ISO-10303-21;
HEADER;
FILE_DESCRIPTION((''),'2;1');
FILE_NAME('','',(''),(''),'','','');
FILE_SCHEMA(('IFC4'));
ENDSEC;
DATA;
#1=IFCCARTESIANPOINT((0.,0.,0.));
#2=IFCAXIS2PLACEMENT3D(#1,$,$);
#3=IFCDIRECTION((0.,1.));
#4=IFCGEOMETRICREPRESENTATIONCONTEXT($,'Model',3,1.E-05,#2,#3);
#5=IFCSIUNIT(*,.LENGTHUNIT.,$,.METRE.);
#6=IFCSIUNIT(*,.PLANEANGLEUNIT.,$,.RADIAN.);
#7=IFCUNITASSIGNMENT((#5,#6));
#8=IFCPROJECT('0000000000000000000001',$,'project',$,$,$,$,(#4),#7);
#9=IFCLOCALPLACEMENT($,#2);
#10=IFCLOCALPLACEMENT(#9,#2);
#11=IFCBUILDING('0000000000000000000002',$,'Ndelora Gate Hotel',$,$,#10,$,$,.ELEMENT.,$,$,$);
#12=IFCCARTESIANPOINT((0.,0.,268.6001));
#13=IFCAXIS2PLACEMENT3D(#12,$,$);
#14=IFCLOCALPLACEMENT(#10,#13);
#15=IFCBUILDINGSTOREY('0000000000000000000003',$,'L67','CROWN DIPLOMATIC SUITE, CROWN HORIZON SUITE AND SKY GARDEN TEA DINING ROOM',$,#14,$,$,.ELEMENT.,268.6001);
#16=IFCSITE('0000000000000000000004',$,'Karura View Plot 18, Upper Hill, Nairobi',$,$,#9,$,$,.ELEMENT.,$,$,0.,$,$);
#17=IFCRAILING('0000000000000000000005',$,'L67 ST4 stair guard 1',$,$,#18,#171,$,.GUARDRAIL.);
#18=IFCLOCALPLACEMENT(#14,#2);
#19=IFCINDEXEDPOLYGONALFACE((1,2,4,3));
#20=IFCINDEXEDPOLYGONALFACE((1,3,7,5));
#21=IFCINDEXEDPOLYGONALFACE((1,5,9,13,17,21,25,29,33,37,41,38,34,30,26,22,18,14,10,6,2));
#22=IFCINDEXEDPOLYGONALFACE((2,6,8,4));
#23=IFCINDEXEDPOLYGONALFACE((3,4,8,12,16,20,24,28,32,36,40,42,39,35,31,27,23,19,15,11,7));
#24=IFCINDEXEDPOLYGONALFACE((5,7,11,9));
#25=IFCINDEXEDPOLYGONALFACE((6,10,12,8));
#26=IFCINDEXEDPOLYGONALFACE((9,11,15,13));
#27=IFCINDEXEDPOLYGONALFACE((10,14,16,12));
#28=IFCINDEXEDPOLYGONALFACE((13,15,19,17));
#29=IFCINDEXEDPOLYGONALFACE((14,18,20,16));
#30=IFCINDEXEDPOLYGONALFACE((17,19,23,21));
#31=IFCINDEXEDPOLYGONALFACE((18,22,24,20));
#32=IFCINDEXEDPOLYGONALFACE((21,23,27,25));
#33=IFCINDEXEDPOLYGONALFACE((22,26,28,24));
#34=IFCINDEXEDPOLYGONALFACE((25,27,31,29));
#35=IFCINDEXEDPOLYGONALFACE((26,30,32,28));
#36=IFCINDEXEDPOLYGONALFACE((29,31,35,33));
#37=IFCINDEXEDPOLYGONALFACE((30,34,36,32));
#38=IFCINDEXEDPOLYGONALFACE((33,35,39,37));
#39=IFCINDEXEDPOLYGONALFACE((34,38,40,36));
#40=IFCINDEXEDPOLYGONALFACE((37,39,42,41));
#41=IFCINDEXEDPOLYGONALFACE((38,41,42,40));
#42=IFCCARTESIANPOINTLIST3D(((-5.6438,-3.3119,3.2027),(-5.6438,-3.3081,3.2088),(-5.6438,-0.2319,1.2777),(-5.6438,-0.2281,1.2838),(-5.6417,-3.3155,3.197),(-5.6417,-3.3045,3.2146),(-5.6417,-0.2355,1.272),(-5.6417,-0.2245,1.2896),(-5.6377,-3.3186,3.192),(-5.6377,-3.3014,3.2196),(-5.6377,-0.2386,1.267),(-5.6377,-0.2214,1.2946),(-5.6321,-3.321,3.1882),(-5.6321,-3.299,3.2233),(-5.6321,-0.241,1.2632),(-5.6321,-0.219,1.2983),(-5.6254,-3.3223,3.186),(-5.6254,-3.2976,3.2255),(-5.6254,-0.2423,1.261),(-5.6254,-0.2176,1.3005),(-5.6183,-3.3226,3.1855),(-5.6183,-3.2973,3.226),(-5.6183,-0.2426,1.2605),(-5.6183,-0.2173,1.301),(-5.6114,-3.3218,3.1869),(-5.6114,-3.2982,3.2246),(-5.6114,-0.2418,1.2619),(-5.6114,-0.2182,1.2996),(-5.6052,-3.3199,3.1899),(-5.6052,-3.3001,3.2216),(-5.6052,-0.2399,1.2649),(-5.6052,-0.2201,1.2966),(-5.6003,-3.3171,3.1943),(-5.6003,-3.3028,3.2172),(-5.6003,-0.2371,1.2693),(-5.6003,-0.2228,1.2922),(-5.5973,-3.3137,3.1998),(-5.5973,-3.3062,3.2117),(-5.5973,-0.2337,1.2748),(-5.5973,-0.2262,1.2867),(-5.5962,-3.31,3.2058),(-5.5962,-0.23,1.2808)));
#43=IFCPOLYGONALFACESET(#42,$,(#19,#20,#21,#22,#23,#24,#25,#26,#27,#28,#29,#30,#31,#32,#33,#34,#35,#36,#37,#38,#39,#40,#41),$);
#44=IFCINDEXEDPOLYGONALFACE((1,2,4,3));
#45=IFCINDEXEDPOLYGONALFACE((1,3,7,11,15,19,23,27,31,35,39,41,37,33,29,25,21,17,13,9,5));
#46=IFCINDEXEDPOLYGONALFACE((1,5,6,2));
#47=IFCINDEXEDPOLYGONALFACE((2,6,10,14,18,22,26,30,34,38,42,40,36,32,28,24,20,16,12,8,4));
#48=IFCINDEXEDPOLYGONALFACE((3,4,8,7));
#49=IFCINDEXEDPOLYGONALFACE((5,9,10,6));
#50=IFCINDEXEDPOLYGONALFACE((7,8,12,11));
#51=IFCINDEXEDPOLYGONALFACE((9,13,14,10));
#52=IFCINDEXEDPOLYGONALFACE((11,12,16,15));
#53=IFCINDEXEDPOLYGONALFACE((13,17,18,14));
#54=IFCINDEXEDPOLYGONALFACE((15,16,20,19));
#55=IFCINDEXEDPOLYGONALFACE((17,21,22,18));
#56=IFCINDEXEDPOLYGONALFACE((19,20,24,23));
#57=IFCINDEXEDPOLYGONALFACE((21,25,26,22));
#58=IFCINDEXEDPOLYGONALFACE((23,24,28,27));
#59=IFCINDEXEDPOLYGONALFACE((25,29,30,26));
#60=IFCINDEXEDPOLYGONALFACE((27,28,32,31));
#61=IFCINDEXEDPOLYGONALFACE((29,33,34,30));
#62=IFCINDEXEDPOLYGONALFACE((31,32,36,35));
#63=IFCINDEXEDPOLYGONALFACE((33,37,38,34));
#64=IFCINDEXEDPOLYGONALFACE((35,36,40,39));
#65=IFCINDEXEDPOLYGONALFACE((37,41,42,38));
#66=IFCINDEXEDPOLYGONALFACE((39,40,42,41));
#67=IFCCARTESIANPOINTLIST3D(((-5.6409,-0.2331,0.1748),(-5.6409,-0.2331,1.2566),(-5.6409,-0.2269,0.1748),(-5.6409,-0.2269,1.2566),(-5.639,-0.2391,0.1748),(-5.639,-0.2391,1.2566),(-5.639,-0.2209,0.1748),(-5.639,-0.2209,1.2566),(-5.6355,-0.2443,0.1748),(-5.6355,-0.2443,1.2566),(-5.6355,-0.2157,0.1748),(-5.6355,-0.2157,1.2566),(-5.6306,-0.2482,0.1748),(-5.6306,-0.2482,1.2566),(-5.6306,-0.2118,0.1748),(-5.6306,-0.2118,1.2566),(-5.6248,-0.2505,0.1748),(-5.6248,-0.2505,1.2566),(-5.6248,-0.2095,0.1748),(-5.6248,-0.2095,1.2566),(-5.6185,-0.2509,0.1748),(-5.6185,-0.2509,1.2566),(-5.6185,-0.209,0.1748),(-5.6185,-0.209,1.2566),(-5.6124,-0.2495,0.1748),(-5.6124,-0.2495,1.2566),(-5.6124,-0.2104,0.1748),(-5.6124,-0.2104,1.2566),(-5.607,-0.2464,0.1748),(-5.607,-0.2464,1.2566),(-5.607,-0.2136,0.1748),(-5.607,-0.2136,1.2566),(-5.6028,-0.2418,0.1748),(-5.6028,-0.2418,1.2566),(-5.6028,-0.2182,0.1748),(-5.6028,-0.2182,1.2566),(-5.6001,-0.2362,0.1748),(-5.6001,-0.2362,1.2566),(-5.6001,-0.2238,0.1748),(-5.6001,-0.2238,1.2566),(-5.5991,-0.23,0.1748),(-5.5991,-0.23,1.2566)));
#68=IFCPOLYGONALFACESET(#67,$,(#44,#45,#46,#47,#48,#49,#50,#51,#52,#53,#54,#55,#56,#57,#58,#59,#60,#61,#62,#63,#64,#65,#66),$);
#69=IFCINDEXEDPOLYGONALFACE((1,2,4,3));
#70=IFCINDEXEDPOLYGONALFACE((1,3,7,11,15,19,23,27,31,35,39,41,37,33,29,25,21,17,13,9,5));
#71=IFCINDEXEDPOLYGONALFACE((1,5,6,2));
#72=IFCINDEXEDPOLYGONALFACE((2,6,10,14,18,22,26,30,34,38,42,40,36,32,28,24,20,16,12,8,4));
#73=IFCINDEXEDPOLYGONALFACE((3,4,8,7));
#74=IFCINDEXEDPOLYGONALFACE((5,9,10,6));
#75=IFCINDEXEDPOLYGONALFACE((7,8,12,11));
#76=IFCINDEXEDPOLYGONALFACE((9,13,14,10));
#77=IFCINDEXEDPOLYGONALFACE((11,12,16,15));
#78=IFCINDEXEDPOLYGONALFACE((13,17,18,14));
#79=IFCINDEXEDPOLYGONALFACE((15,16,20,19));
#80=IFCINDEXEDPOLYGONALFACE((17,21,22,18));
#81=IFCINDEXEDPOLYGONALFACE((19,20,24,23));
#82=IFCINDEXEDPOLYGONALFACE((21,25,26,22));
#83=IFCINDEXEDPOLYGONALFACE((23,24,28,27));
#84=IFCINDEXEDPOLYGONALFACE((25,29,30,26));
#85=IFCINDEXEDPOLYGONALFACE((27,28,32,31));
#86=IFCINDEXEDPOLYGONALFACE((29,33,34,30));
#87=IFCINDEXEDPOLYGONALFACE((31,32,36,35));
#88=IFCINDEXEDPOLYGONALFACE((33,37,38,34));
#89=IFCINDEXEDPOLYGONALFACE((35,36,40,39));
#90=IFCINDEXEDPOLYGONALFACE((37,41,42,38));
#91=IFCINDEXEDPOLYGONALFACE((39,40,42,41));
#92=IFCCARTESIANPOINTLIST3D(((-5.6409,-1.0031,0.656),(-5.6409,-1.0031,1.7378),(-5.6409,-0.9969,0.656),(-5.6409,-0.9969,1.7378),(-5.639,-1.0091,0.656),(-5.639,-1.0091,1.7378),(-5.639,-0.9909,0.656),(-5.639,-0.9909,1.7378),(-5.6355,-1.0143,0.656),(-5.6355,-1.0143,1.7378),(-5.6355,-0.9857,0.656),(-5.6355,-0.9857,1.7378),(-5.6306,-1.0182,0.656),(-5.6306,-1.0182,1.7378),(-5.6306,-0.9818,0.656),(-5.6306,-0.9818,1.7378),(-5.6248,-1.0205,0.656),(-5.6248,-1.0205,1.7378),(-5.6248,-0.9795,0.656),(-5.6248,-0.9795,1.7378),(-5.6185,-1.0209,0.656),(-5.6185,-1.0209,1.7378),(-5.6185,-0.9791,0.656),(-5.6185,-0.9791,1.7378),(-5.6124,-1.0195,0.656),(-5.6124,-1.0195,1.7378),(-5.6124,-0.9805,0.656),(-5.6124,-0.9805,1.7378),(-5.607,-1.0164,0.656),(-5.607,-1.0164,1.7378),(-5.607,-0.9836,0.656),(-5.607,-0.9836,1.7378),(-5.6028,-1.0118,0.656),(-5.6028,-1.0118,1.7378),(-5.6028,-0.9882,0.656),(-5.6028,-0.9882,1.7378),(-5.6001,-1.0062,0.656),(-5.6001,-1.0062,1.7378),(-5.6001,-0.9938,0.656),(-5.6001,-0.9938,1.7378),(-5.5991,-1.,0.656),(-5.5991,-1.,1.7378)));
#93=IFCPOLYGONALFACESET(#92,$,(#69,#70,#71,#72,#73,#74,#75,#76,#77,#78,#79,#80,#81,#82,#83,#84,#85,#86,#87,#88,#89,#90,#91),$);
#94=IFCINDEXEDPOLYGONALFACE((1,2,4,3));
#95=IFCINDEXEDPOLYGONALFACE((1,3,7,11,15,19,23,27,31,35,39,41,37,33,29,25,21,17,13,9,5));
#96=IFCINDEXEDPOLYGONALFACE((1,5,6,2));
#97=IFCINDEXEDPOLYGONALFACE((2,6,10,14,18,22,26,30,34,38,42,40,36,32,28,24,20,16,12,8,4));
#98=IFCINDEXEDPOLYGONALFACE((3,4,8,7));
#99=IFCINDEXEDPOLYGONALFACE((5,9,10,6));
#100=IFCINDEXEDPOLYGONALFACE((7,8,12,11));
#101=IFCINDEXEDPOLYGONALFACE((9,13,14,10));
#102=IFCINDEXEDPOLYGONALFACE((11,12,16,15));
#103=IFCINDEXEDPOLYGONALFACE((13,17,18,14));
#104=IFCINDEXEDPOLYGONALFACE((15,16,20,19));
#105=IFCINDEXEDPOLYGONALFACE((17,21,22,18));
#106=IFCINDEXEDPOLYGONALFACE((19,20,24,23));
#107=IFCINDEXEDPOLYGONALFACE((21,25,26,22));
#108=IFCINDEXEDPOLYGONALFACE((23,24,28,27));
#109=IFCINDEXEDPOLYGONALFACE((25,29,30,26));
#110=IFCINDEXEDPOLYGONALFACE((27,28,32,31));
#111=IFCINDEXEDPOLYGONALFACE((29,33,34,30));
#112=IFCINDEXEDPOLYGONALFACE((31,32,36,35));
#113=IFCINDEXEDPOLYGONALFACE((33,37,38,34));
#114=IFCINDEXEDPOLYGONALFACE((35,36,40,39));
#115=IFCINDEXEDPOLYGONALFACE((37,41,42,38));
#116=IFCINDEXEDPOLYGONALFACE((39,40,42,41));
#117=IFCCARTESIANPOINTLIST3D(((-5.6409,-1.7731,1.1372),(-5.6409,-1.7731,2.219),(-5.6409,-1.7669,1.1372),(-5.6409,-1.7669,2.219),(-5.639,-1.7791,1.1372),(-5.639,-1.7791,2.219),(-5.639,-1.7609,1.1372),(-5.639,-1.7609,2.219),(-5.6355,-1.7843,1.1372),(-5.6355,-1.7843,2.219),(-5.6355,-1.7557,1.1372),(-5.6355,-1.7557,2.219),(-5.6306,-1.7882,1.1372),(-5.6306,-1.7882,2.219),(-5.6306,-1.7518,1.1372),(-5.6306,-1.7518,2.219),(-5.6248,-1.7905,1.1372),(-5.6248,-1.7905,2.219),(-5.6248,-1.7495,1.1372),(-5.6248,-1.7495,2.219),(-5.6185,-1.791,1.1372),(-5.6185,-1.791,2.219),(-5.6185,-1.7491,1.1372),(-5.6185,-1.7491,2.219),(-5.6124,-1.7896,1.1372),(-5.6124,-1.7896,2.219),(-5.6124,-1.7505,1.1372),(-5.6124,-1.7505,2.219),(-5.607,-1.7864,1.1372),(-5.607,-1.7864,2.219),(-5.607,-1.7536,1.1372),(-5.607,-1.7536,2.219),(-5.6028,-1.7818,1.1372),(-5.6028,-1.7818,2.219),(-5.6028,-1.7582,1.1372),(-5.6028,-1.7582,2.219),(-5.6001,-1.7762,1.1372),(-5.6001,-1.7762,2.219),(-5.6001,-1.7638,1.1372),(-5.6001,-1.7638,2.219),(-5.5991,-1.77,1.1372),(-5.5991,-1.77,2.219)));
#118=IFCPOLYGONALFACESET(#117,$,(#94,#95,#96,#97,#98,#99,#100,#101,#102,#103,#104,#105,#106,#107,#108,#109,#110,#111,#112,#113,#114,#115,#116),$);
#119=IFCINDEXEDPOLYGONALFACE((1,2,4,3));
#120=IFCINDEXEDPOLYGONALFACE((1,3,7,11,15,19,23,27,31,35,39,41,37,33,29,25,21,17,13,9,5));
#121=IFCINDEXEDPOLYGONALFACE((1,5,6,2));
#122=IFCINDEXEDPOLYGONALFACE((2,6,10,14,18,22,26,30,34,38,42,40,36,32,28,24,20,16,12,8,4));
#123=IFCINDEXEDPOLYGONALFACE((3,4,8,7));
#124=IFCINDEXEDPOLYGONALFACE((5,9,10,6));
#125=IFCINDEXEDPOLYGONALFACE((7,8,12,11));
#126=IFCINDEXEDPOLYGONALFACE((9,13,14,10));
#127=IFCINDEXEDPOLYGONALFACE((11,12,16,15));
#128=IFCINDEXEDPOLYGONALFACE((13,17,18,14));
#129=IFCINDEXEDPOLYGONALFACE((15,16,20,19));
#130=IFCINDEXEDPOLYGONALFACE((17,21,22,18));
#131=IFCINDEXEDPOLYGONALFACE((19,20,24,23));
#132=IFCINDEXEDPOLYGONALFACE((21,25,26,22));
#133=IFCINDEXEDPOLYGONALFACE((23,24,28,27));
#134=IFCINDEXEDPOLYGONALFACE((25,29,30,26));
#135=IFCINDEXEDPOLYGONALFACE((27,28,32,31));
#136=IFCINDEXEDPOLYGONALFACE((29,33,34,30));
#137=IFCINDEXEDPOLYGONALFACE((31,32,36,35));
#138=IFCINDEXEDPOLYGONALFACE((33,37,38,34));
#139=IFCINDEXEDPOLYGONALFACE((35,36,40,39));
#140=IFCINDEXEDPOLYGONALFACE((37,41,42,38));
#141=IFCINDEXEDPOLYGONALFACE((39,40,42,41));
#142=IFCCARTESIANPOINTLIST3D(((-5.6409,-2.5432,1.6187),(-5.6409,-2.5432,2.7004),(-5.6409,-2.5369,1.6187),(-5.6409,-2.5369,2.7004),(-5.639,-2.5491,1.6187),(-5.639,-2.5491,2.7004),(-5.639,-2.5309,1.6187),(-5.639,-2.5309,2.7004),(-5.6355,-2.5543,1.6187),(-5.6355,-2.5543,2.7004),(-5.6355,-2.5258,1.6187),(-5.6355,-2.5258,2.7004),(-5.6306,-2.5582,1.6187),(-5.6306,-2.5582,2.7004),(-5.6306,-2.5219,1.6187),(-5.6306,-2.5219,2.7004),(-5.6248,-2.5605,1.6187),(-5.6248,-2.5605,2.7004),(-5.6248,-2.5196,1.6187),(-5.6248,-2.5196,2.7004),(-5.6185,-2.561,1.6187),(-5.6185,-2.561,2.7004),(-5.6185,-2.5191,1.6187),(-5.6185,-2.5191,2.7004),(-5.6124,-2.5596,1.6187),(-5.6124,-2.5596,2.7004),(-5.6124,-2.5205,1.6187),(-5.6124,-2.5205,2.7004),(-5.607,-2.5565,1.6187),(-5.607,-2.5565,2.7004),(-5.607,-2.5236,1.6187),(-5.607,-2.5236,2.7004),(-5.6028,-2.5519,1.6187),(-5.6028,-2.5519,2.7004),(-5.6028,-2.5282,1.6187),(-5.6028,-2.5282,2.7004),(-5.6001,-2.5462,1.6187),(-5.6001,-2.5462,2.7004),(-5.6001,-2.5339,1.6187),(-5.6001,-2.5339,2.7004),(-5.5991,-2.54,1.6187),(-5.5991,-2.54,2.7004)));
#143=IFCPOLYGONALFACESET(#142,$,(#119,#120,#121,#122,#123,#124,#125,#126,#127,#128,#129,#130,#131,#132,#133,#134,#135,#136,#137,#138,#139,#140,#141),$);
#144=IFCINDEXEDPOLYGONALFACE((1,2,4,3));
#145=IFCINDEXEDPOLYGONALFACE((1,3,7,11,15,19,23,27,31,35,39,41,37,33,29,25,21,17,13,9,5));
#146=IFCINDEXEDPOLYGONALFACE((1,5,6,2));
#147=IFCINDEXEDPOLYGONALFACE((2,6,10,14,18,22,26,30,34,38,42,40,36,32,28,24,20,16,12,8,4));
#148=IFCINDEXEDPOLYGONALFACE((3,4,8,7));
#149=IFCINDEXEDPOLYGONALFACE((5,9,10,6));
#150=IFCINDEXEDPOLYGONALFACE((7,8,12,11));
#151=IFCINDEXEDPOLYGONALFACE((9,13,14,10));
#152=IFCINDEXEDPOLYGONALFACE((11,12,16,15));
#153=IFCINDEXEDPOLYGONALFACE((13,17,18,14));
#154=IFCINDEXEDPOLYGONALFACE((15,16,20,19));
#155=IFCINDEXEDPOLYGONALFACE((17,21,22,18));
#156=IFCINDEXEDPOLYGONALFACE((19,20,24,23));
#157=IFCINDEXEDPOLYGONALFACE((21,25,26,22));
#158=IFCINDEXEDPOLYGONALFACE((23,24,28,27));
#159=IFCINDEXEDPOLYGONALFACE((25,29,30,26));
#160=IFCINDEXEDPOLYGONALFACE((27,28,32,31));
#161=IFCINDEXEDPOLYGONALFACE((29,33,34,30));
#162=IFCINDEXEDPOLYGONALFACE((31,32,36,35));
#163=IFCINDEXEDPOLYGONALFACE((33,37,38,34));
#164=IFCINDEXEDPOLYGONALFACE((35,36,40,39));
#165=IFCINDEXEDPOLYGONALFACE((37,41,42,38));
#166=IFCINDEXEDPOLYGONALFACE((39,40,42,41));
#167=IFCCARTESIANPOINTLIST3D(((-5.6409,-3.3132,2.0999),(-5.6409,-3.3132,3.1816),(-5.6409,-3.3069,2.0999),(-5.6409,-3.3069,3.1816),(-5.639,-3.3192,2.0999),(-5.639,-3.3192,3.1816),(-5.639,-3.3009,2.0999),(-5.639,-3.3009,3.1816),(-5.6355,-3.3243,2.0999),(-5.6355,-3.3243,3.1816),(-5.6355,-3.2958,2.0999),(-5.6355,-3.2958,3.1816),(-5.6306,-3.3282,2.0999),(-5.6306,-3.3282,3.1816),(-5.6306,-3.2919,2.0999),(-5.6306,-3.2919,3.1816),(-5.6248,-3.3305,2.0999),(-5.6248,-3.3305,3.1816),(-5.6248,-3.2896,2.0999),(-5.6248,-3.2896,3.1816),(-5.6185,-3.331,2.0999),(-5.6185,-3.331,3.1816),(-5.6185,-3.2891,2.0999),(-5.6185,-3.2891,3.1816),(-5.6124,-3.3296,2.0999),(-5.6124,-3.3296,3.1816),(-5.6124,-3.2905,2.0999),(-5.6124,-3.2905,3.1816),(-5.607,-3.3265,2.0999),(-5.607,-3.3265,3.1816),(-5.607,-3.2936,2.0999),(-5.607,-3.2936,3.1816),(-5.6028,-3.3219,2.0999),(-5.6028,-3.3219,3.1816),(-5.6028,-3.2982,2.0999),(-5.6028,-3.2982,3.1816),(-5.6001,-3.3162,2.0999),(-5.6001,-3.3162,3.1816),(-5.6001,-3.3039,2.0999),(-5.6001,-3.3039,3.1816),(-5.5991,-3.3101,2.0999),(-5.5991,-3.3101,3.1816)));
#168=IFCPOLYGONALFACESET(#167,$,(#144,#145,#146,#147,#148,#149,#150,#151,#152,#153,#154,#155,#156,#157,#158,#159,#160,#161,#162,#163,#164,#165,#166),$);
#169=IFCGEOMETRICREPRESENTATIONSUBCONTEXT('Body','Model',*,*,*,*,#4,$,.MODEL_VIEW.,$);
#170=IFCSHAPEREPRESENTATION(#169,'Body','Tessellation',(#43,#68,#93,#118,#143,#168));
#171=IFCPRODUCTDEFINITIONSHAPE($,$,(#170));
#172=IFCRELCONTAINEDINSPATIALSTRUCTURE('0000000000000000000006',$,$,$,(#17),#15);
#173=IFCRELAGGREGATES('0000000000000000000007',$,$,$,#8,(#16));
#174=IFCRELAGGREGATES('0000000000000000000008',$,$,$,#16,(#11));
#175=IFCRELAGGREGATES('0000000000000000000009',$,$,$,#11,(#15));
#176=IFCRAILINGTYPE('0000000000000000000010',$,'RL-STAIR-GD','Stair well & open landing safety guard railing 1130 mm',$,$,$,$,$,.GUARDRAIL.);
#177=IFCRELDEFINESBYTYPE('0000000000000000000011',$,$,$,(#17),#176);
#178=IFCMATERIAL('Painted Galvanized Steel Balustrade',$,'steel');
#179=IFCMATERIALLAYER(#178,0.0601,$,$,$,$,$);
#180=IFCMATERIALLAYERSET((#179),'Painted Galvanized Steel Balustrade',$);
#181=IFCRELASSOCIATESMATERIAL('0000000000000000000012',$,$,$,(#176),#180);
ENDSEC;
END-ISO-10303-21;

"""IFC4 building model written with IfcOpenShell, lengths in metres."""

from ifc_helpers import new_model, si_unit, direction, frame, origin, origin_2d, place, context, subcontext, project, spatial, circle, extrude, material, layer, layer_set, type_object, element, save


model = new_model("IFC4")

# Units and contexts
model_context = context("Model", 3, precision=1e-05, world=origin(), true_north=direction((0.0, 1.0)))
body_context = subcontext(model_context, "Body", "Model", "MODEL_VIEW")
ifc_project = project(units=[si_unit("LENGTHUNIT", "METRE"), si_unit("PLANEANGLEUNIT", "RADIAN")], contexts=[model_context])

# Site, building, storey
site_placement = place(None, origin())
site = spatial("IfcSite", under=ifc_project, at=site_placement, Name="Karura View Plot 18, Upper Hill, Nairobi", CompositionType="ELEMENT", RefElevation=0.0)
building_placement = place(site_placement, origin())
building = spatial("IfcBuilding", under=site, at=building_placement, Name="Ndelora Gate Hotel", CompositionType="ELEMENT")
storey_placement = place(building_placement, frame((0.0, 0.0, 268.6001)))
storey = spatial("IfcBuildingStorey", under=building, at=storey_placement, Name="L67", Description="CROWN DIPLOMATIC SUITE, CROWN HORIZON SUITE AND SKY GARDEN TEA DINING ROOM", CompositionType="ELEMENT", Elevation=268.6001)

# Railing
ifc_material_1 = material(Name="Painted Galvanized Steel Balustrade", Category="steel")
ifc_layer_1 = layer(ifc_material_1, 0.0601)
ifc_layer_set_1 = layer_set([ifc_layer_1], Name="Painted Galvanized Steel Balustrade")
railing_type_1 = type_object("IfcRailingType", Name="RL-STAIR-GD", Description="Stair well & open landing safety guard railing 1130 mm", PredefinedType="GUARDRAIL", material=ifc_layer_set_1)
railing_1_placement = place(storey_placement, frame((-5.6201, -0.23, 0.1748)))
element("IfcRailing", 1, at=railing_1_placement, inside=storey, type_object=railing_type_1, Name="L67 ST4 stair guard 1", PredefinedType="GUARDRAIL", context=body_context, shape_type="SweptSolid", body=[
    extrude(circle(Radius=0.0239, at=origin_2d()), frame((0.0, 0.0, 1.106), z_axis=(0.0, -0.847998, 0.529999), x_axis=(1.0, 0.0, 0.0)), (0.0, 0.0, 1.0), 3.6321),
    extrude(circle(Radius=0.021, at=origin_2d()), origin(), (0.0, 0.0, 1.0), 1.0818),
    extrude(circle(Radius=0.021, at=origin_2d()), frame((0.0, -0.77, 0.4812)), (0.0, 0.0, 1.0), 1.0818),
    extrude(circle(Radius=0.021, at=origin_2d()), frame((0.0, -1.54, 0.9624)), (0.0, 0.0, 1.0), 1.0818),
    extrude(circle(Radius=0.021, at=origin_2d()), frame((0.0, -2.3101, 1.4438)), (0.0, 0.0, 1.0), 1.0818),
    extrude(circle(Radius=0.021, at=origin_2d()), frame((0.0, -3.0801, 1.925)), (0.0, 0.0, 1.0), 1.0818),
])

save(model, "model.ifc")
